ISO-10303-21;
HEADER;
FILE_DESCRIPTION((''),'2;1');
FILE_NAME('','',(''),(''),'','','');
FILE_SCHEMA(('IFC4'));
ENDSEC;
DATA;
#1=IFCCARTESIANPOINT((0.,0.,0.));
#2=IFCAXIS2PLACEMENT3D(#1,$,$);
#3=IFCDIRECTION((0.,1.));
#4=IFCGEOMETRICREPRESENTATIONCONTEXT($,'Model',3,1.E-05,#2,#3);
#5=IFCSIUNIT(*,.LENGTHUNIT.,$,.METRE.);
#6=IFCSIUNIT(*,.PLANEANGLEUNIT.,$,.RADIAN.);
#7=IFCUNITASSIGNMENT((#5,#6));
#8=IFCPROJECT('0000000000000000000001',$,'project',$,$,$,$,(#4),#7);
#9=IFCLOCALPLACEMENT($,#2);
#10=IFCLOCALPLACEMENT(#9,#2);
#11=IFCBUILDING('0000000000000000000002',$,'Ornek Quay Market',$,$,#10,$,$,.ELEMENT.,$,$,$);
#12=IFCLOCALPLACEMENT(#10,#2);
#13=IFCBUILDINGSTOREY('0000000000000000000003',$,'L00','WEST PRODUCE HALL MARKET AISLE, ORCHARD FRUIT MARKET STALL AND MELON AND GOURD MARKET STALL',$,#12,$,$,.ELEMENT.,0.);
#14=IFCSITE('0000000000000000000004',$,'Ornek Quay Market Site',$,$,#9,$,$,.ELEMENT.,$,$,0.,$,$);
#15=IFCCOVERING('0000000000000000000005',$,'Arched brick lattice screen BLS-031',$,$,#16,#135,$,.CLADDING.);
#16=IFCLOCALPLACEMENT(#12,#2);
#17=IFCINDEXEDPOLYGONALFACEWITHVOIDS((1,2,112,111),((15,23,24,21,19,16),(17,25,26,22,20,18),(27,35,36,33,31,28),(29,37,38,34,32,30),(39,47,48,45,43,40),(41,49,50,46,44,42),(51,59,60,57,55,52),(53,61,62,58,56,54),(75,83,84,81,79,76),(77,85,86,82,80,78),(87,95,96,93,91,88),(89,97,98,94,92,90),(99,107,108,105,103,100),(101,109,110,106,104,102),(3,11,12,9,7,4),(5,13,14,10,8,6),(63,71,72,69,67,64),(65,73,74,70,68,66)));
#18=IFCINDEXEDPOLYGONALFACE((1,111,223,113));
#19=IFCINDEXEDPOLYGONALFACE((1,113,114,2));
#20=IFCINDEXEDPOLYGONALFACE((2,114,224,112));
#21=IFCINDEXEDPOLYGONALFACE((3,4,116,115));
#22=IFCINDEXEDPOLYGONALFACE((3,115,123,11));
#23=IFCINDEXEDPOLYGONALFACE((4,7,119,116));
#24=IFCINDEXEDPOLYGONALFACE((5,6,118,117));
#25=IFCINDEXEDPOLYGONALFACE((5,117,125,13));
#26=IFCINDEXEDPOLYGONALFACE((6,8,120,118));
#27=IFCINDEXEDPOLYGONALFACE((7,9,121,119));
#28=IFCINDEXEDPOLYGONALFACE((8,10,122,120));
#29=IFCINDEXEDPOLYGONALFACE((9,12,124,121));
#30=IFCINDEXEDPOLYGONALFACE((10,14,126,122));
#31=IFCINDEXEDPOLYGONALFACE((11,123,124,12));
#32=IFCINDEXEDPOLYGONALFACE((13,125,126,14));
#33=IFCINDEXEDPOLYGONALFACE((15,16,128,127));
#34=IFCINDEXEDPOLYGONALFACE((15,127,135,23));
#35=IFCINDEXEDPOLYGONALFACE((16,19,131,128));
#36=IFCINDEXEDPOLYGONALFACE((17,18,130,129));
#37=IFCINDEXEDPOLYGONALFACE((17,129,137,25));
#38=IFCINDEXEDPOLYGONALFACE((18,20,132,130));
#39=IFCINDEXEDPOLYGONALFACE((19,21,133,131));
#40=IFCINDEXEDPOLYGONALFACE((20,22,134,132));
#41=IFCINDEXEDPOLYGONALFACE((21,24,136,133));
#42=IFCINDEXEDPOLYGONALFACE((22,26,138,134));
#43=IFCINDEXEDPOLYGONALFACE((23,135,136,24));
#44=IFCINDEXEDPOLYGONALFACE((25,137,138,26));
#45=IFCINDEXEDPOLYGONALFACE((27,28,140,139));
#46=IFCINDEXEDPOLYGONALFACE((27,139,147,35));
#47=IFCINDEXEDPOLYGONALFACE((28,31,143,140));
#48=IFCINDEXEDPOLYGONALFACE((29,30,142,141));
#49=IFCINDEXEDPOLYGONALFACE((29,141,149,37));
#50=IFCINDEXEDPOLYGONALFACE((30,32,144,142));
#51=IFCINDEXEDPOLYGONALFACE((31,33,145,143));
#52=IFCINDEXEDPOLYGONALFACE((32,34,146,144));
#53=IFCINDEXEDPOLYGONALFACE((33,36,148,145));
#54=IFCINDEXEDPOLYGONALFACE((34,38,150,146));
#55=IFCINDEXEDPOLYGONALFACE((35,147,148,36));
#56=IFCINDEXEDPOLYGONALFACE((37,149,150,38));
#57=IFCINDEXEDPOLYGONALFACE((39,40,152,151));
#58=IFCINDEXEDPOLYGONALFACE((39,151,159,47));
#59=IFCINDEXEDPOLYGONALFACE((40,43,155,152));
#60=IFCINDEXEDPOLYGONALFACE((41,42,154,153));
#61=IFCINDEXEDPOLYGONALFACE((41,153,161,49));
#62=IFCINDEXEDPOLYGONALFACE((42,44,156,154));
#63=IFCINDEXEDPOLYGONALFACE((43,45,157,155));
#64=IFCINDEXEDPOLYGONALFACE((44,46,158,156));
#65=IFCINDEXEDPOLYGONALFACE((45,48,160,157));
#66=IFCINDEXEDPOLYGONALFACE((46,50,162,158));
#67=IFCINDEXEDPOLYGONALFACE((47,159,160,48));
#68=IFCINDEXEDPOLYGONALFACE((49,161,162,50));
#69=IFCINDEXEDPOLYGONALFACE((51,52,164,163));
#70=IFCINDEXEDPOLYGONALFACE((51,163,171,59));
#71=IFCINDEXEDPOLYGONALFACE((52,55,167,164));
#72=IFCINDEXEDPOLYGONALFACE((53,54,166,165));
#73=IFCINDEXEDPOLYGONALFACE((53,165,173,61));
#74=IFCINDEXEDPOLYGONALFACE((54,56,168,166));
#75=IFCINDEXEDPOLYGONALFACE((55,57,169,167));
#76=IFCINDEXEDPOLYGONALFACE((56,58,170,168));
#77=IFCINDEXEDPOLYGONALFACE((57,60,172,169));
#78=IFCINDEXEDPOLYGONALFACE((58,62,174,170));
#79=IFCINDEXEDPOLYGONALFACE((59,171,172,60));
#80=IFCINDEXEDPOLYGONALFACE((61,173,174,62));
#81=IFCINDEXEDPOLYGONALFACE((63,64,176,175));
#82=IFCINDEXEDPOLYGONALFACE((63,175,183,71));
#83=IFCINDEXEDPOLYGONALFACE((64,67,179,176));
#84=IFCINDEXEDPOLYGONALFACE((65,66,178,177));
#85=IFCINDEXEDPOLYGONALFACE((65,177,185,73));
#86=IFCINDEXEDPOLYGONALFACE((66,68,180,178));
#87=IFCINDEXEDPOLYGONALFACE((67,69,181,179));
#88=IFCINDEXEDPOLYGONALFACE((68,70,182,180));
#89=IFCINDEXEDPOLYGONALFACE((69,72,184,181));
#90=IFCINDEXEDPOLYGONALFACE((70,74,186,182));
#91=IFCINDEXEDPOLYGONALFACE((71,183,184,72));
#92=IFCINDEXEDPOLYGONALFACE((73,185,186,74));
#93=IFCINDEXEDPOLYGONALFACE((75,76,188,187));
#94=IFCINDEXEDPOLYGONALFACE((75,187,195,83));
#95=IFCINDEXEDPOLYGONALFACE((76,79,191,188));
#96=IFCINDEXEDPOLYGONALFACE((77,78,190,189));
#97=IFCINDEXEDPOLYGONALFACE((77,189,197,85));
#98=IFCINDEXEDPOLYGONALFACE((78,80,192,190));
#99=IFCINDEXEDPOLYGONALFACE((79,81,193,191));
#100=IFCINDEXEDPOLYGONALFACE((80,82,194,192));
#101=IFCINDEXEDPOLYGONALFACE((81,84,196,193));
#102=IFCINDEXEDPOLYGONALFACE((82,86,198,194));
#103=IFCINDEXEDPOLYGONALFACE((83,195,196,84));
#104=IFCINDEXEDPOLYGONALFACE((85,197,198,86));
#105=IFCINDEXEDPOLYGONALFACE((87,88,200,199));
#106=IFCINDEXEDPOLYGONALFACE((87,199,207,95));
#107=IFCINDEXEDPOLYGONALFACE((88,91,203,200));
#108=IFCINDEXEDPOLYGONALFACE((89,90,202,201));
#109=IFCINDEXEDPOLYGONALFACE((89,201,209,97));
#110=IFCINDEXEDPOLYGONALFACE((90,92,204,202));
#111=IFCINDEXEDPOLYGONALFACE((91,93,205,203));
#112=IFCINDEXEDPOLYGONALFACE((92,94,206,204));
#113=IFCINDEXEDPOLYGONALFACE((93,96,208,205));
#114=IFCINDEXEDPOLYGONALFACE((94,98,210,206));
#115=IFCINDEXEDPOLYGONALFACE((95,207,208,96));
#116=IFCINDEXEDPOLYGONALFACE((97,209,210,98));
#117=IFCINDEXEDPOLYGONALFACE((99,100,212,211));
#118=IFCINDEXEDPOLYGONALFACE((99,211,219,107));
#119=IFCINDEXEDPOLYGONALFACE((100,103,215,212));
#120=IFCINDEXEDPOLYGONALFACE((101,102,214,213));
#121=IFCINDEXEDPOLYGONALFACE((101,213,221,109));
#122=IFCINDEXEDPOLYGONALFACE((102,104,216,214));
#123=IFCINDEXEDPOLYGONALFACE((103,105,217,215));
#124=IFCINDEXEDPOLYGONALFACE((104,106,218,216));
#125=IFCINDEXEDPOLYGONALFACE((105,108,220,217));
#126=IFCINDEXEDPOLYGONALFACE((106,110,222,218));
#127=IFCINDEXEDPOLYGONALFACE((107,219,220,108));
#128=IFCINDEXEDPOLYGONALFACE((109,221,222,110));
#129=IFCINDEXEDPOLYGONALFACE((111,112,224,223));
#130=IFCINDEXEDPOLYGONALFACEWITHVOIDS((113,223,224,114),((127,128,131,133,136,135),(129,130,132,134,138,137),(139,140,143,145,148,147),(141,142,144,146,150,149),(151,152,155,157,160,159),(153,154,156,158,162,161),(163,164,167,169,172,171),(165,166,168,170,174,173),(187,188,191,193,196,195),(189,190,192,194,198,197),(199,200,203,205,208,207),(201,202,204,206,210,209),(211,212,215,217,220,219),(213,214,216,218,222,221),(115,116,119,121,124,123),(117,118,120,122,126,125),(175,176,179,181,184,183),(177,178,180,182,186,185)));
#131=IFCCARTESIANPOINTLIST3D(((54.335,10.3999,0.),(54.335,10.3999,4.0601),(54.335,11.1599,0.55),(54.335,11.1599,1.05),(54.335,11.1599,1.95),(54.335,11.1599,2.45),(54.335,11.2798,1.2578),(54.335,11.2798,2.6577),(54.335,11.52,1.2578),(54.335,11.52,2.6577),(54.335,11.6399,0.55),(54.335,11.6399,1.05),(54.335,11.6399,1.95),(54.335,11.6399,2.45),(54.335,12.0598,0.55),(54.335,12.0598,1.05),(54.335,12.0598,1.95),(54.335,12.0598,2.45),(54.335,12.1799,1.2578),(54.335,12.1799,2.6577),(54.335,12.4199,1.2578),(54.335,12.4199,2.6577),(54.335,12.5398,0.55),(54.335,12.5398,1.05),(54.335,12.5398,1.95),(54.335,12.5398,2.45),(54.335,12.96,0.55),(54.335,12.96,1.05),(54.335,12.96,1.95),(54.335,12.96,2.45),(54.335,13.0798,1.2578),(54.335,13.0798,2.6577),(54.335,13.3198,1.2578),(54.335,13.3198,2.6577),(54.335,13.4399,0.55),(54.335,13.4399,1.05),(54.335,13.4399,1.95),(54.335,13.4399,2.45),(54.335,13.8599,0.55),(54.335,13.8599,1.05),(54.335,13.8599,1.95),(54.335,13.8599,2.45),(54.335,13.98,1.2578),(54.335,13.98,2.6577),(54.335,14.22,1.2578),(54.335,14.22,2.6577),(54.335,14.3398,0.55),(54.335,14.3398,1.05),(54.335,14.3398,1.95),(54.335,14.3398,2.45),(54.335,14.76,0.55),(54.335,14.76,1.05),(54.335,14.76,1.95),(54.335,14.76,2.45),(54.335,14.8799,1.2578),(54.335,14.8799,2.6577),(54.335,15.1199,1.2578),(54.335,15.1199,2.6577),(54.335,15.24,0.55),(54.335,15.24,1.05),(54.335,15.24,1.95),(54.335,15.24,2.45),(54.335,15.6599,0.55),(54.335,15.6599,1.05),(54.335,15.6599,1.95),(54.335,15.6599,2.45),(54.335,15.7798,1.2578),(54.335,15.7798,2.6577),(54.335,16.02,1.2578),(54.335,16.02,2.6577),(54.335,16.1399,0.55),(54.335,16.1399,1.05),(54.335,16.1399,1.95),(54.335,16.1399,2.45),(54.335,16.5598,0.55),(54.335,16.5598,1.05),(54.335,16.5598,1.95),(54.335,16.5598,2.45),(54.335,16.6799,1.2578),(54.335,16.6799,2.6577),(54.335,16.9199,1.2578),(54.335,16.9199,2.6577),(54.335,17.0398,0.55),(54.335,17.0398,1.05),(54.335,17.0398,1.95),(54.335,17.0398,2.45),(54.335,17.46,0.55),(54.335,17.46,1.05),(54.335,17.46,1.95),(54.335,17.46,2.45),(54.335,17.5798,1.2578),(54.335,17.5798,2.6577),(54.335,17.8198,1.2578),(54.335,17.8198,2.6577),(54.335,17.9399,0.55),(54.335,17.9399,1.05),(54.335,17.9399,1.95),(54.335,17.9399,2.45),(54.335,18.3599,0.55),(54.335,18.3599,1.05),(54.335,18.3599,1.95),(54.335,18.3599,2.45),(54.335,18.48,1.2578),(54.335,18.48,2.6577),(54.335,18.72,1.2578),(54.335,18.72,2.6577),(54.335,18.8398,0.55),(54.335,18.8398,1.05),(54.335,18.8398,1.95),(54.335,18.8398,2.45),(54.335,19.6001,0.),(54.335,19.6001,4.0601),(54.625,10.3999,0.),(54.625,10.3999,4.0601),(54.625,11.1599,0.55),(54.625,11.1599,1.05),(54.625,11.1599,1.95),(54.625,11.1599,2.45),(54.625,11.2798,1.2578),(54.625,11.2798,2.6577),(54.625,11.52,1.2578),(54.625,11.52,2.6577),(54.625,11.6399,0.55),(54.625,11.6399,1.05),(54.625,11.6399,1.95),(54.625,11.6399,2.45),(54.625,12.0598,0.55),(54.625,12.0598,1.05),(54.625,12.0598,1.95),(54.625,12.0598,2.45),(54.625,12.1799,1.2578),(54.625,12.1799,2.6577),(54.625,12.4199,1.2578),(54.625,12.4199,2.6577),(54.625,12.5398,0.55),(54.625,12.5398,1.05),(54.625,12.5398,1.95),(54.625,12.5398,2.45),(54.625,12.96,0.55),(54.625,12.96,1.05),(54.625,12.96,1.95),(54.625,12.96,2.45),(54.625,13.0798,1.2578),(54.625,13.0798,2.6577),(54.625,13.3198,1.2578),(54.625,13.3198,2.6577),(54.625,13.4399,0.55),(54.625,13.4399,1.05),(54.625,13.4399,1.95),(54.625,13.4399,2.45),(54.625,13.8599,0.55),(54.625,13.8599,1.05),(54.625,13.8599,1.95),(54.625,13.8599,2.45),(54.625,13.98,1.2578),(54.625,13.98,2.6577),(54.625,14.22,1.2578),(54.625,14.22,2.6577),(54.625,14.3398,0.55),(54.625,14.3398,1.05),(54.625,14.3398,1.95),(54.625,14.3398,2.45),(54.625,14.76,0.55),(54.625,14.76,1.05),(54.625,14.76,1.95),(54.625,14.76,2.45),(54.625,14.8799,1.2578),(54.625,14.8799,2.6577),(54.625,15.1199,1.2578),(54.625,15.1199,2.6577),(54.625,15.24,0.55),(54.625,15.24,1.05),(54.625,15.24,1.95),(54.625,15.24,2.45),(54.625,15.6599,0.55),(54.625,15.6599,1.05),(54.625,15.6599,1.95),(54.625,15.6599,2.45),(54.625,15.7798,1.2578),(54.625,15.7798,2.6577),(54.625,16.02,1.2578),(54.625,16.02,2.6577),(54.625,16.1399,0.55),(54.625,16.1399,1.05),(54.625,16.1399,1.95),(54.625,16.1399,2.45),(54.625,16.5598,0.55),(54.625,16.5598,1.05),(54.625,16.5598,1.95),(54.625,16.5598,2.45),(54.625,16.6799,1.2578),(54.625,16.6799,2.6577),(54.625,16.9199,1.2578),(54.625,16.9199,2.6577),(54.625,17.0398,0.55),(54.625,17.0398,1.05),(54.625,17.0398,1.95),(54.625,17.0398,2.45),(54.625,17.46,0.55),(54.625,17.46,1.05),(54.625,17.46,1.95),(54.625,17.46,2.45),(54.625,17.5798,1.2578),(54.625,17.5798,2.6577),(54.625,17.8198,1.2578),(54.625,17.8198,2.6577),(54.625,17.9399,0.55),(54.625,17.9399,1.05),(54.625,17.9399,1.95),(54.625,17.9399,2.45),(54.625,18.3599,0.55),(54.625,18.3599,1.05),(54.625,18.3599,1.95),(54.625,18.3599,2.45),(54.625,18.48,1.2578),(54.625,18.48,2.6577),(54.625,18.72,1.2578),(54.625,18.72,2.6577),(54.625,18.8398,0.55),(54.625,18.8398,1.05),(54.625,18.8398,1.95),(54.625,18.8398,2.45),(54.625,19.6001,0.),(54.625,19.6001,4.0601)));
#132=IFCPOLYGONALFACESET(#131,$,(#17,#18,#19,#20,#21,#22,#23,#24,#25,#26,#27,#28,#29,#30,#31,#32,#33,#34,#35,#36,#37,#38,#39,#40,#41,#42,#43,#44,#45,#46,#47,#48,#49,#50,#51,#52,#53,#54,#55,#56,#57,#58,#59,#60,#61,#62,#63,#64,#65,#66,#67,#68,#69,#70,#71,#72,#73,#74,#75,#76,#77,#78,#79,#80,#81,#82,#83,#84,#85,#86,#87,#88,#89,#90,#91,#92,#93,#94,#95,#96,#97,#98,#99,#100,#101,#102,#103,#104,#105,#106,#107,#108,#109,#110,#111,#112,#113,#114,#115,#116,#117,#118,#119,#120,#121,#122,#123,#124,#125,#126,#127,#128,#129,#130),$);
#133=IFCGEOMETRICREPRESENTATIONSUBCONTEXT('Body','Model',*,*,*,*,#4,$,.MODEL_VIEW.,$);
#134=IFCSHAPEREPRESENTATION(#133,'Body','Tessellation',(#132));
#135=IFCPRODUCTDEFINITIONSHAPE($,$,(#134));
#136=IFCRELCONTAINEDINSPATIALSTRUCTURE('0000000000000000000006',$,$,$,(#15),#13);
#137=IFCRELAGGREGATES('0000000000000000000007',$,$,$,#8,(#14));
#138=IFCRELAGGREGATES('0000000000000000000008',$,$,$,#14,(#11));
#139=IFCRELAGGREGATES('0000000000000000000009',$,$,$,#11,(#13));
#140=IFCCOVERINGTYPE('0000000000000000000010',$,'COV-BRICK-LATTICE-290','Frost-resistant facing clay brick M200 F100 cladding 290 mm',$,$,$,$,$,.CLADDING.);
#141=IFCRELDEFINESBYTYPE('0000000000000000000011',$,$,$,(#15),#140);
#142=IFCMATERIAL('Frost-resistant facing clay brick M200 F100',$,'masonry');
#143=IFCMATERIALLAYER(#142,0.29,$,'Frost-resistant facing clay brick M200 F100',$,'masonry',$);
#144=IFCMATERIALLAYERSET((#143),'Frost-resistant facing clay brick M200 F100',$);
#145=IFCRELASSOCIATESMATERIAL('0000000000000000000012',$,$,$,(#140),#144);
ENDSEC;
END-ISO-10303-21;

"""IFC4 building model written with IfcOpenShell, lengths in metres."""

from ifc_helpers import new_model, si_unit, direction, frame, origin, place, context, subcontext, project, spatial, polyline, outline, extrude, material, layer, layer_set, type_object, element, save


model = new_model("IFC4")

# Units and contexts
model_context = context("Model", 3, precision=1e-05, world=origin(), true_north=direction((0.0, 1.0)))
body_context = subcontext(model_context, "Body", "Model", "MODEL_VIEW")
ifc_project = project(units=[si_unit("LENGTHUNIT", "METRE"), si_unit("PLANEANGLEUNIT", "RADIAN")], contexts=[model_context])

# Site, building, storey
site_placement = place(None, origin())
site = spatial("IfcSite", under=ifc_project, at=site_placement, Name="Ornek Quay Market Site", CompositionType="ELEMENT", RefElevation=0.0)
building_placement = place(site_placement, origin())
building = spatial("IfcBuilding", under=site, at=building_placement, Name="Ornek Quay Market", CompositionType="ELEMENT")
storey_placement = place(building_placement, origin())
storey = spatial("IfcBuildingStorey", under=building, at=storey_placement, Name="L00", Description="WEST PRODUCE HALL MARKET AISLE, ORCHARD FRUIT MARKET STALL AND MELON AND GOURD MARKET STALL", CompositionType="ELEMENT", Elevation=0.0)

# Covering
ifc_material_1 = material(Name="Frost-resistant facing clay brick M200 F100", Category="masonry")
ifc_layer_1 = layer(ifc_material_1, 0.29, Name="Frost-resistant facing clay brick M200 F100", Category="masonry")
ifc_layer_set_1 = layer_set([ifc_layer_1], Name="Frost-resistant facing clay brick M200 F100")
covering_type = type_object("IfcCoveringType", Name="COV-BRICK-LATTICE-290", Description="Frost-resistant facing clay brick M200 F100 cladding 290 mm", PredefinedType="CLADDING", material=ifc_layer_set_1)
covering_1_placement = place(storey_placement, frame((54.48, 10.3999, 0.0), z_axis=(0.0, 0.0, 1.0), x_axis=(0.0, 1.0, 0.0)))
element("IfcCovering", 1, at=covering_1_placement, inside=storey, type_object=covering_type, Name="Arched brick lattice screen BLS-031", PredefinedType="CLADDING", context=body_context, shape_type="SweptSolid", body=[
    extrude(outline(polyline([(0.0, 0.0), (9.2002, 0.0), (9.2002, 4.0601), (0.0, 4.0601), (0.0, 0.0)]), holes=[polyline([(0.76, 0.55), (1.24, 0.55), (1.24, 1.05), (1.1201, 1.2578), (0.8799, 1.2578), (0.76, 1.05), (0.76, 0.55)]), polyline([(0.76, 1.95), (1.24, 1.95), (1.24, 2.45), (1.1201, 2.6577), (0.8799, 2.6577), (0.76, 2.45), (0.76, 1.95)]), polyline([(1.6599, 0.55), (2.1399, 0.55), (2.1399, 1.05), (2.02, 1.2578), (1.78, 1.2578), (1.6599, 1.05), (1.6599, 0.55)]), polyline([(1.6599, 1.95), (2.1399, 1.95), (2.1399, 2.45), (2.02, 2.6577), (1.78, 2.6577), (1.6599, 2.45), (1.6599, 1.95)]), polyline([(2.5601, 0.55), (3.04, 0.55), (3.04, 1.05), (2.9199, 1.2578), (2.6799, 1.2578), (2.5601, 1.05), (2.5601, 0.55)]), polyline([(2.5601, 1.95), (3.04, 1.95), (3.04, 2.45), (2.9199, 2.6577), (2.6799, 2.6577), (2.5601, 2.45), (2.5601, 1.95)]), polyline([(3.46, 0.55), (3.9399, 0.55), (3.9399, 1.05), (3.8201, 1.2578), (3.5801, 1.2578), (3.46, 1.05), (3.46, 0.55)]), polyline([(3.46, 1.95), (3.9399, 1.95), (3.9399, 2.45), (3.8201, 2.6577), (3.5801, 2.6577), (3.46, 2.45), (3.46, 1.95)]), polyline([(4.3601, 0.55), (4.8401, 0.55), (4.8401, 1.05), (4.72, 1.2578), (4.48, 1.2578), (4.3601, 1.05), (4.3601, 0.55)]), polyline([(4.3601, 1.95), (4.8401, 1.95), (4.8401, 2.45), (4.72, 2.6577), (4.48, 2.6577), (4.3601, 2.45), (4.3601, 1.95)]), polyline([(5.26, 0.55), (5.74, 0.55), (5.74, 1.05), (5.6201, 1.2578), (5.3799, 1.2578), (5.26, 1.05), (5.26, 0.55)]), polyline([(5.26, 1.95), (5.74, 1.95), (5.74, 2.45), (5.6201, 2.6577), (5.3799, 2.6577), (5.26, 2.45), (5.26, 1.95)]), polyline([(6.1599, 0.55), (6.6399, 0.55), (6.6399, 1.05), (6.52, 1.2578), (6.28, 1.2578), (6.1599, 1.05), (6.1599, 0.55)]), polyline([(6.1599, 1.95), (6.6399, 1.95), (6.6399, 2.45), (6.52, 2.6577), (6.28, 2.6577), (6.1599, 2.45), (6.1599, 1.95)]), polyline([(7.0601, 0.55), (7.54, 0.55), (7.54, 1.05), (7.4199, 1.2578), (7.1799, 1.2578), (7.0601, 1.05), (7.0601, 0.55)]), polyline([(7.0601, 1.95), (7.54, 1.95), (7.54, 2.45), (7.4199, 2.6577), (7.1799, 2.6577), (7.0601, 2.45), (7.0601, 1.95)]), polyline([(7.96, 0.55), (8.4399, 0.55), (8.4399, 1.05), (8.3201, 1.2578), (8.0801, 1.2578), (7.96, 1.05), (7.96, 0.55)]), polyline([(7.96, 1.95), (8.4399, 1.95), (8.4399, 2.45), (8.3201, 2.6577), (8.0801, 2.6577), (7.96, 2.45), (7.96, 1.95)])]), frame((0.0, 0.145, 0.0), z_axis=(0.0, -1.0, 0.0), x_axis=(1.0, 0.0, 0.0)), (0.0, 0.0, 1.0), 0.29),
])

save(model, "model.ifc")
